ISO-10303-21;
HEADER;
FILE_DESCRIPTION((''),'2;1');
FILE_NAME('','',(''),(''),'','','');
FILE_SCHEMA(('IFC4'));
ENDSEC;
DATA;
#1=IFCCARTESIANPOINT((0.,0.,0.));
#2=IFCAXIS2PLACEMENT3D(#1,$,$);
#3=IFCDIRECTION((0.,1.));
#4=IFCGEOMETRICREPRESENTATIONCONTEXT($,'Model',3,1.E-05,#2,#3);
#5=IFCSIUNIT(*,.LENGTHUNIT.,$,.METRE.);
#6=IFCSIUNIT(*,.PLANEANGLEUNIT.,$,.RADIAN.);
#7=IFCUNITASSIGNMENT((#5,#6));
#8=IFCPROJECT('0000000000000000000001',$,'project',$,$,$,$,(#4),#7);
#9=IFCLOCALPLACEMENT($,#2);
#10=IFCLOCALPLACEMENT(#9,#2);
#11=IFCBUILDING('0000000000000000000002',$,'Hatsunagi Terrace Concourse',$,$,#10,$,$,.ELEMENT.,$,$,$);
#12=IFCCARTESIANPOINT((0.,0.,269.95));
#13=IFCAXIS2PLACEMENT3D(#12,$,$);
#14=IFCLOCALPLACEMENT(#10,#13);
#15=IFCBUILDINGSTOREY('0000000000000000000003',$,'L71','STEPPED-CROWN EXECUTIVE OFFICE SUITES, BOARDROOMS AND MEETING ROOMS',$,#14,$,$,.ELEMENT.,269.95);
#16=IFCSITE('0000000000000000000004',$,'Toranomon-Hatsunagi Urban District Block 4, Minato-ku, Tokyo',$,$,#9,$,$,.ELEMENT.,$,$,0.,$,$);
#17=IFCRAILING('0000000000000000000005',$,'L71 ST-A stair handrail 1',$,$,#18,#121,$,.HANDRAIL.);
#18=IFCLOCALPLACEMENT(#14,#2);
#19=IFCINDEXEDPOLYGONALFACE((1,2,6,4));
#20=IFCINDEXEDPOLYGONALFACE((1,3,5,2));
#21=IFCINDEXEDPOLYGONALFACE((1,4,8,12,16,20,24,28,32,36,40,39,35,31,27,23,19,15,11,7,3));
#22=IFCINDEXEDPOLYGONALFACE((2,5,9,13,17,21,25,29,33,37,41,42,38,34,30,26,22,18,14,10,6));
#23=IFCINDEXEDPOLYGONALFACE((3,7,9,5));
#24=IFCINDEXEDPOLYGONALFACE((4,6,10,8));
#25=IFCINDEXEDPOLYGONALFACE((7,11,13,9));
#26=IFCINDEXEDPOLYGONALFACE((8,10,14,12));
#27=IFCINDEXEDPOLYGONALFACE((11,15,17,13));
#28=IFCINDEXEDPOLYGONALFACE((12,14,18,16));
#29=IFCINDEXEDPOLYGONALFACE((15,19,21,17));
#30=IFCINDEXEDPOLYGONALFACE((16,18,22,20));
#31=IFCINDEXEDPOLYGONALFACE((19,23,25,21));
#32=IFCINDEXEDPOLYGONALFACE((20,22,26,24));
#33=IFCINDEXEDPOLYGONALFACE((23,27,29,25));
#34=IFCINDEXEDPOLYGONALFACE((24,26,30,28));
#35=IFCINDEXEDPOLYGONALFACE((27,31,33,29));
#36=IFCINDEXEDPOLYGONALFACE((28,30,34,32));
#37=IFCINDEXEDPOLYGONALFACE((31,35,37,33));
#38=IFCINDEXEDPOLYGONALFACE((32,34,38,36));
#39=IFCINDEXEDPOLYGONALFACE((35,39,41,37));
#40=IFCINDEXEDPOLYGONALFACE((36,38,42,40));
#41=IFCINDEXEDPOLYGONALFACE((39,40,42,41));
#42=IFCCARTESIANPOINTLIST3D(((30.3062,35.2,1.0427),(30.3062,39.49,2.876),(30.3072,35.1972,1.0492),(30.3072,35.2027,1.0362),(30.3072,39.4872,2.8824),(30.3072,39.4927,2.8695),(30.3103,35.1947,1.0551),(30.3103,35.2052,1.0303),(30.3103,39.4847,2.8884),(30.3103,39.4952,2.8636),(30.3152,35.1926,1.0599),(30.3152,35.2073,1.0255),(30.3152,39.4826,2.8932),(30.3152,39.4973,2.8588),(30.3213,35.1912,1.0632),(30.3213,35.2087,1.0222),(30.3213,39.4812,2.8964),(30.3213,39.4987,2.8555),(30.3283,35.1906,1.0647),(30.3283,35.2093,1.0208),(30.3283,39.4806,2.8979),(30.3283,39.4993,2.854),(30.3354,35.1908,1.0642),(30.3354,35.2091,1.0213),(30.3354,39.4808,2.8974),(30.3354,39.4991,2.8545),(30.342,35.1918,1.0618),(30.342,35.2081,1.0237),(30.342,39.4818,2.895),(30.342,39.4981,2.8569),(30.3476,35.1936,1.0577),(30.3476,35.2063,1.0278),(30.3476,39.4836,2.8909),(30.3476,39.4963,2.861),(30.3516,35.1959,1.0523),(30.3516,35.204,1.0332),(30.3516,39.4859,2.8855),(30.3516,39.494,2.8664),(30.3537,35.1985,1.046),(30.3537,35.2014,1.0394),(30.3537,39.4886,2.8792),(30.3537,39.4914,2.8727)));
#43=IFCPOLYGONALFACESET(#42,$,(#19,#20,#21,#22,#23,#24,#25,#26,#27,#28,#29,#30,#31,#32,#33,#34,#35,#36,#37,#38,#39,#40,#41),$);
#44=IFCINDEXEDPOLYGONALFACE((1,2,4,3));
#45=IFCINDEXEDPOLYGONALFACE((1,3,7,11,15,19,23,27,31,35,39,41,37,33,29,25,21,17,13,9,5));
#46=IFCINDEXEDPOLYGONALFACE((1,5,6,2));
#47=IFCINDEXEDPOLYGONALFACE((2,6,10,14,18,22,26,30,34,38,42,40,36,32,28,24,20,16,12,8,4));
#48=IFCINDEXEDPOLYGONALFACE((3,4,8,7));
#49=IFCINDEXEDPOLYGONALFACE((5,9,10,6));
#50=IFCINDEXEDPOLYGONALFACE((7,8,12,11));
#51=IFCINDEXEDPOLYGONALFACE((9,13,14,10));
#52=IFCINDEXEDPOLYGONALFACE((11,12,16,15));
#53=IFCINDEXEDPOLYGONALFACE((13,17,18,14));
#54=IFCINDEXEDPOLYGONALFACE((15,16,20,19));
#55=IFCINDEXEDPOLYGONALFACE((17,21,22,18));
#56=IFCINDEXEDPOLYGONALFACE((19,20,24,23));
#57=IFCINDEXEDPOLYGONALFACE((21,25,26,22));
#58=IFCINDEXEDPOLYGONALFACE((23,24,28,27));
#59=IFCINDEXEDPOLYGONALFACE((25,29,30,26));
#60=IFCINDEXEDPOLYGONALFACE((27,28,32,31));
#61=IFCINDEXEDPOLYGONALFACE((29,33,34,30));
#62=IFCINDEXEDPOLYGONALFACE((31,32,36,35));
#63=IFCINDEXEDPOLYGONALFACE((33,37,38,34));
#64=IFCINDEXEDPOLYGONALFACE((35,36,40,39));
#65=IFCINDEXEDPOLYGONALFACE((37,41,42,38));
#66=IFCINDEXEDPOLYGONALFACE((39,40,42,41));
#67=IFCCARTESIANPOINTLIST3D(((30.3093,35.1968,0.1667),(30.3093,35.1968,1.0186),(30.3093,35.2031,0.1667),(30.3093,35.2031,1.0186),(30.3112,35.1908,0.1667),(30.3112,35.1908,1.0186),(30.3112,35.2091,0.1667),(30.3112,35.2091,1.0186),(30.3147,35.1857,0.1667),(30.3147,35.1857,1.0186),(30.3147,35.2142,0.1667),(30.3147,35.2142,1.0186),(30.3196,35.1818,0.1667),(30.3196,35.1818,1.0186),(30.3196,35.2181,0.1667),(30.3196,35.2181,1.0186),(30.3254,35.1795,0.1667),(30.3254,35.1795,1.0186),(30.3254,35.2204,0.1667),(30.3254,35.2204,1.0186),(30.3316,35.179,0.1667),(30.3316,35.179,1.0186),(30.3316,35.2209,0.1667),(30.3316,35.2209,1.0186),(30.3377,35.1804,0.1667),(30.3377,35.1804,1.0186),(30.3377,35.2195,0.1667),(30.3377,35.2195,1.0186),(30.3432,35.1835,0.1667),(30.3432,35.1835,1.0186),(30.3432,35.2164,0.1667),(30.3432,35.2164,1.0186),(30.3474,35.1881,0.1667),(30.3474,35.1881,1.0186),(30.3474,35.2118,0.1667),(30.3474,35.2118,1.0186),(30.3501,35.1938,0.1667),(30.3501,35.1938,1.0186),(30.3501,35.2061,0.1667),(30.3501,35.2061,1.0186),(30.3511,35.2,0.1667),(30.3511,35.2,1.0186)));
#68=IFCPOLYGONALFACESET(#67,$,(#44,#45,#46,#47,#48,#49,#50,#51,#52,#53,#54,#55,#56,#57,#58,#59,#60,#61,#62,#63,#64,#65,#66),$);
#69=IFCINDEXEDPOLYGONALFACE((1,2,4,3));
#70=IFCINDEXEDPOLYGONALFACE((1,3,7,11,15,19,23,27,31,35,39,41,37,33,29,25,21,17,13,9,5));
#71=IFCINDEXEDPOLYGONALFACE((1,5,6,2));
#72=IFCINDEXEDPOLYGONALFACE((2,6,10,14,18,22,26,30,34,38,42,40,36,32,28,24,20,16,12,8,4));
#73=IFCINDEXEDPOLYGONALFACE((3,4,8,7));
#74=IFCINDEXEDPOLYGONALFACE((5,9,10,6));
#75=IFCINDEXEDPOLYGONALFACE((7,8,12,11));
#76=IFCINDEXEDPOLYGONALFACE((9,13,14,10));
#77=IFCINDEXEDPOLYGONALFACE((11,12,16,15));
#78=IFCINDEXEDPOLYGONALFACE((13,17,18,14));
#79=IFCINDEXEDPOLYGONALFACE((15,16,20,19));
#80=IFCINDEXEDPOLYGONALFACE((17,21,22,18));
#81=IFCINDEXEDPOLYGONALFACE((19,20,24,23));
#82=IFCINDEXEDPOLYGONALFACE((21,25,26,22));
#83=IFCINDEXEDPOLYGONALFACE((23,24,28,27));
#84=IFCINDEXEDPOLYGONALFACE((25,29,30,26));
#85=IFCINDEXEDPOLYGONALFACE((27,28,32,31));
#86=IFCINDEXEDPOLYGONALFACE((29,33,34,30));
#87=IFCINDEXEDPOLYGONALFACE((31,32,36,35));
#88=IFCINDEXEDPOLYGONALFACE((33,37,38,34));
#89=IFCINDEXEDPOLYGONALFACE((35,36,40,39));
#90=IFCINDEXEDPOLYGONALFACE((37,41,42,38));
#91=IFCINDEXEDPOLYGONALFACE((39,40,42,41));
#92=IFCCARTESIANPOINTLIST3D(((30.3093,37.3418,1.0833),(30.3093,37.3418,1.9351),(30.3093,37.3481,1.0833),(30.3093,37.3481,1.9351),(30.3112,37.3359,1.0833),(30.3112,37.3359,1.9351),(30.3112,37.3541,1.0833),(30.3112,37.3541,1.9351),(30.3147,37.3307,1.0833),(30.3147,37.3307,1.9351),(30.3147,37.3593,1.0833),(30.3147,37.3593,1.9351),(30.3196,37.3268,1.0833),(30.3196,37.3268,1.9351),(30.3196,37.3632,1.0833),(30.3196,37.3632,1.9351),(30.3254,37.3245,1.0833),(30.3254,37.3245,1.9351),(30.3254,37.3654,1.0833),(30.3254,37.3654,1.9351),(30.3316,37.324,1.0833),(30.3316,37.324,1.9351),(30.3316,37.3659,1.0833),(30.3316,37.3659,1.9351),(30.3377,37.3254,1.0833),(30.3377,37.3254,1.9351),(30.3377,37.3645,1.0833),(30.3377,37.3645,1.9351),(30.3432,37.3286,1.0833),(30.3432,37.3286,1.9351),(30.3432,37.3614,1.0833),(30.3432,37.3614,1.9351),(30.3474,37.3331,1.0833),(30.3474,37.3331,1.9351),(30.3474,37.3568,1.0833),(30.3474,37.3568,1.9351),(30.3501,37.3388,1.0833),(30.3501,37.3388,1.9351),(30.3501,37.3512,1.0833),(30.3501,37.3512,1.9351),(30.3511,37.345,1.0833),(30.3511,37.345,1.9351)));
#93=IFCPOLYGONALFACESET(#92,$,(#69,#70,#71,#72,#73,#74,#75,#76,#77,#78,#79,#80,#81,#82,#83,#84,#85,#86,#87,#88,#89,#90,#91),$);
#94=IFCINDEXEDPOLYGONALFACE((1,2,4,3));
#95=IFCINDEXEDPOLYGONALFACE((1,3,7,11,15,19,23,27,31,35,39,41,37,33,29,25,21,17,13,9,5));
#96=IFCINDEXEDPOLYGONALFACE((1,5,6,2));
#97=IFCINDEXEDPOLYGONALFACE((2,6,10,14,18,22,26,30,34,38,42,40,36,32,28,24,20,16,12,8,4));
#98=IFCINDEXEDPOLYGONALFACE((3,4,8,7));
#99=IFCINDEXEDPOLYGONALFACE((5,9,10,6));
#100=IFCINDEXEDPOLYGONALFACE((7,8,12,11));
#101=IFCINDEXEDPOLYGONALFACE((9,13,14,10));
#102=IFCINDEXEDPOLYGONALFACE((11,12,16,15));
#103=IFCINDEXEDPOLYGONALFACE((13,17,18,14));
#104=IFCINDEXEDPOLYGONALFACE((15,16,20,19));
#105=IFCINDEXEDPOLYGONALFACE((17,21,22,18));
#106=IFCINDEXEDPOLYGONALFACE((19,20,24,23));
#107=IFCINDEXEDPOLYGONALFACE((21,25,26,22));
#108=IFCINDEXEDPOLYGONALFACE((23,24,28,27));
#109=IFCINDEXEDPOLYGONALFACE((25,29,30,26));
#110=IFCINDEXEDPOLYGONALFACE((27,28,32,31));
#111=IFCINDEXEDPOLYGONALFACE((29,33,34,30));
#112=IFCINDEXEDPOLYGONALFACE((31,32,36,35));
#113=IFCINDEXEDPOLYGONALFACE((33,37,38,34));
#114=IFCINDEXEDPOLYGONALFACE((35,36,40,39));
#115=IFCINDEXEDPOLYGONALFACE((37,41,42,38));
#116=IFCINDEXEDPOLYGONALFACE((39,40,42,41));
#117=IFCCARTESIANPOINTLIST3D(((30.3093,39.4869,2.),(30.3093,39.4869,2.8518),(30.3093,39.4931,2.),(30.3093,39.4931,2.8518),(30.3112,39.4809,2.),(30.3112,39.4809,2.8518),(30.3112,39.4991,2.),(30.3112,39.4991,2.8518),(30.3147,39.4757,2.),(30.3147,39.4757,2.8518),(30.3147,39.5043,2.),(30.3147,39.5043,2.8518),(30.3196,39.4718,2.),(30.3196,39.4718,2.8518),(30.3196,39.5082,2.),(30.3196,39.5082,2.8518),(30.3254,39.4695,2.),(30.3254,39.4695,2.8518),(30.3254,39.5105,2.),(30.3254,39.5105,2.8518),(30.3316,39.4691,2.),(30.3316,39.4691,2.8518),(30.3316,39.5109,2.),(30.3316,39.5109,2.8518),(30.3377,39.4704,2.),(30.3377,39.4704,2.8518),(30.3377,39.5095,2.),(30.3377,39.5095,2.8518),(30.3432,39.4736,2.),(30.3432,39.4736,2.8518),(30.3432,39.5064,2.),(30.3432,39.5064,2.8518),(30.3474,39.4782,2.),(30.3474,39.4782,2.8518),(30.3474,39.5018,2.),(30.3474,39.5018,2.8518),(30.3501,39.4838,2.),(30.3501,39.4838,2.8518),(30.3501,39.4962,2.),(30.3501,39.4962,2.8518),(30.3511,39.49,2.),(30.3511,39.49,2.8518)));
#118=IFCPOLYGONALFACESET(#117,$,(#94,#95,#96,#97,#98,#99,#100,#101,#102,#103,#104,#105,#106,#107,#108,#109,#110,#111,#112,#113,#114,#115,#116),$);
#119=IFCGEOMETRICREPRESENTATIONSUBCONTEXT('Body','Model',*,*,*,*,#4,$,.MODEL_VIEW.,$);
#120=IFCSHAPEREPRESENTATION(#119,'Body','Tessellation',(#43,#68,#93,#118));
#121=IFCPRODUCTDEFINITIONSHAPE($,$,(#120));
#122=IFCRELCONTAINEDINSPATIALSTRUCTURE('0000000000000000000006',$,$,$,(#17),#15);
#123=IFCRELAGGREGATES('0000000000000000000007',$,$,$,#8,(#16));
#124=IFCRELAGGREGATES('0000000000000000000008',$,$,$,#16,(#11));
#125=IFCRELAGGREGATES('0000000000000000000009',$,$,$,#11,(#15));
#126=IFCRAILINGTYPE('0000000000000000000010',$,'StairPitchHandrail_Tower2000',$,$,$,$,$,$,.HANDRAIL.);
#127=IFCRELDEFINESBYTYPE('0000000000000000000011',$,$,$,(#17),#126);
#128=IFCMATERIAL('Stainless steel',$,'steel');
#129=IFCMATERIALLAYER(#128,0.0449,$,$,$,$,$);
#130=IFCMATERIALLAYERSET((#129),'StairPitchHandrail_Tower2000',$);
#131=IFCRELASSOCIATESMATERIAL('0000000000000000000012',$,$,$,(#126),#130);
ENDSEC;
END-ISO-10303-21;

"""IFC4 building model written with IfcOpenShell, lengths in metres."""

from ifc_helpers import new_model, si_unit, direction, frame, origin, origin_2d, place, context, subcontext, project, spatial, circle, extrude, material, layer, layer_set, type_object, element, save


model = new_model("IFC4")

# Units and contexts
model_context = context("Model", 3, precision=1e-05, world=origin(), true_north=direction((0.0, 1.0)))
body_context = subcontext(model_context, "Body", "Model", "MODEL_VIEW")
ifc_project = project(units=[si_unit("LENGTHUNIT", "METRE"), si_unit("PLANEANGLEUNIT", "RADIAN")], contexts=[model_context])

# Site, building, storey
site_placement = place(None, origin())
site = spatial("IfcSite", under=ifc_project, at=site_placement, Name="Toranomon-Hatsunagi Urban District Block 4, Minato-ku, Tokyo", CompositionType="ELEMENT", RefElevation=0.0)
building_placement = place(site_placement, origin())
building = spatial("IfcBuilding", under=site, at=building_placement, Name="Hatsunagi Terrace Concourse", CompositionType="ELEMENT")
storey_placement = place(building_placement, frame((0.0, 0.0, 269.95)))
storey = spatial("IfcBuildingStorey", under=building, at=storey_placement, Name="L71", Description="STEPPED-CROWN EXECUTIVE OFFICE SUITES, BOARDROOMS AND MEETING ROOMS", CompositionType="ELEMENT", Elevation=269.95)

# Railing
ifc_material_1 = material(Name="Stainless steel", Category="steel")
ifc_layer_1 = layer(ifc_material_1, 0.0449)
ifc_layer_set_1 = layer_set([ifc_layer_1], Name="StairPitchHandrail_Tower2000")
railing_type_1 = type_object("IfcRailingType", Name="StairPitchHandrail_Tower2000", PredefinedType="HANDRAIL", material=ifc_layer_set_1)
railing_1_placement = place(storey_placement, frame((30.3301, 35.2, 0.1667)))
element("IfcRailing", 1, at=railing_1_placement, inside=storey, type_object=railing_type_1, Name="L71 ST-A stair handrail 1", PredefinedType="HANDRAIL", context=body_context, shape_type="SweptSolid", body=[
    extrude(circle(Radius=0.0239, at=origin_2d()), frame((0.0, 0.0, 0.876), z_axis=(0.0, 0.919559, 0.392953), x_axis=(-1.0, 0.0, 0.0)), (0.0, 0.0, 1.0), 4.6653),
    extrude(circle(Radius=0.021, at=origin_2d()), origin(), (0.0, 0.0, 1.0), 0.8518),
    extrude(circle(Radius=0.021, at=origin_2d()), frame((0.0, 2.145, 0.9165)), (0.0, 0.0, 1.0), 0.8518),
    extrude(circle(Radius=0.021, at=origin_2d()), frame((0.0, 4.29, 1.8333)), (0.0, 0.0, 1.0), 0.8518),
])

save(model, "model.ifc")
